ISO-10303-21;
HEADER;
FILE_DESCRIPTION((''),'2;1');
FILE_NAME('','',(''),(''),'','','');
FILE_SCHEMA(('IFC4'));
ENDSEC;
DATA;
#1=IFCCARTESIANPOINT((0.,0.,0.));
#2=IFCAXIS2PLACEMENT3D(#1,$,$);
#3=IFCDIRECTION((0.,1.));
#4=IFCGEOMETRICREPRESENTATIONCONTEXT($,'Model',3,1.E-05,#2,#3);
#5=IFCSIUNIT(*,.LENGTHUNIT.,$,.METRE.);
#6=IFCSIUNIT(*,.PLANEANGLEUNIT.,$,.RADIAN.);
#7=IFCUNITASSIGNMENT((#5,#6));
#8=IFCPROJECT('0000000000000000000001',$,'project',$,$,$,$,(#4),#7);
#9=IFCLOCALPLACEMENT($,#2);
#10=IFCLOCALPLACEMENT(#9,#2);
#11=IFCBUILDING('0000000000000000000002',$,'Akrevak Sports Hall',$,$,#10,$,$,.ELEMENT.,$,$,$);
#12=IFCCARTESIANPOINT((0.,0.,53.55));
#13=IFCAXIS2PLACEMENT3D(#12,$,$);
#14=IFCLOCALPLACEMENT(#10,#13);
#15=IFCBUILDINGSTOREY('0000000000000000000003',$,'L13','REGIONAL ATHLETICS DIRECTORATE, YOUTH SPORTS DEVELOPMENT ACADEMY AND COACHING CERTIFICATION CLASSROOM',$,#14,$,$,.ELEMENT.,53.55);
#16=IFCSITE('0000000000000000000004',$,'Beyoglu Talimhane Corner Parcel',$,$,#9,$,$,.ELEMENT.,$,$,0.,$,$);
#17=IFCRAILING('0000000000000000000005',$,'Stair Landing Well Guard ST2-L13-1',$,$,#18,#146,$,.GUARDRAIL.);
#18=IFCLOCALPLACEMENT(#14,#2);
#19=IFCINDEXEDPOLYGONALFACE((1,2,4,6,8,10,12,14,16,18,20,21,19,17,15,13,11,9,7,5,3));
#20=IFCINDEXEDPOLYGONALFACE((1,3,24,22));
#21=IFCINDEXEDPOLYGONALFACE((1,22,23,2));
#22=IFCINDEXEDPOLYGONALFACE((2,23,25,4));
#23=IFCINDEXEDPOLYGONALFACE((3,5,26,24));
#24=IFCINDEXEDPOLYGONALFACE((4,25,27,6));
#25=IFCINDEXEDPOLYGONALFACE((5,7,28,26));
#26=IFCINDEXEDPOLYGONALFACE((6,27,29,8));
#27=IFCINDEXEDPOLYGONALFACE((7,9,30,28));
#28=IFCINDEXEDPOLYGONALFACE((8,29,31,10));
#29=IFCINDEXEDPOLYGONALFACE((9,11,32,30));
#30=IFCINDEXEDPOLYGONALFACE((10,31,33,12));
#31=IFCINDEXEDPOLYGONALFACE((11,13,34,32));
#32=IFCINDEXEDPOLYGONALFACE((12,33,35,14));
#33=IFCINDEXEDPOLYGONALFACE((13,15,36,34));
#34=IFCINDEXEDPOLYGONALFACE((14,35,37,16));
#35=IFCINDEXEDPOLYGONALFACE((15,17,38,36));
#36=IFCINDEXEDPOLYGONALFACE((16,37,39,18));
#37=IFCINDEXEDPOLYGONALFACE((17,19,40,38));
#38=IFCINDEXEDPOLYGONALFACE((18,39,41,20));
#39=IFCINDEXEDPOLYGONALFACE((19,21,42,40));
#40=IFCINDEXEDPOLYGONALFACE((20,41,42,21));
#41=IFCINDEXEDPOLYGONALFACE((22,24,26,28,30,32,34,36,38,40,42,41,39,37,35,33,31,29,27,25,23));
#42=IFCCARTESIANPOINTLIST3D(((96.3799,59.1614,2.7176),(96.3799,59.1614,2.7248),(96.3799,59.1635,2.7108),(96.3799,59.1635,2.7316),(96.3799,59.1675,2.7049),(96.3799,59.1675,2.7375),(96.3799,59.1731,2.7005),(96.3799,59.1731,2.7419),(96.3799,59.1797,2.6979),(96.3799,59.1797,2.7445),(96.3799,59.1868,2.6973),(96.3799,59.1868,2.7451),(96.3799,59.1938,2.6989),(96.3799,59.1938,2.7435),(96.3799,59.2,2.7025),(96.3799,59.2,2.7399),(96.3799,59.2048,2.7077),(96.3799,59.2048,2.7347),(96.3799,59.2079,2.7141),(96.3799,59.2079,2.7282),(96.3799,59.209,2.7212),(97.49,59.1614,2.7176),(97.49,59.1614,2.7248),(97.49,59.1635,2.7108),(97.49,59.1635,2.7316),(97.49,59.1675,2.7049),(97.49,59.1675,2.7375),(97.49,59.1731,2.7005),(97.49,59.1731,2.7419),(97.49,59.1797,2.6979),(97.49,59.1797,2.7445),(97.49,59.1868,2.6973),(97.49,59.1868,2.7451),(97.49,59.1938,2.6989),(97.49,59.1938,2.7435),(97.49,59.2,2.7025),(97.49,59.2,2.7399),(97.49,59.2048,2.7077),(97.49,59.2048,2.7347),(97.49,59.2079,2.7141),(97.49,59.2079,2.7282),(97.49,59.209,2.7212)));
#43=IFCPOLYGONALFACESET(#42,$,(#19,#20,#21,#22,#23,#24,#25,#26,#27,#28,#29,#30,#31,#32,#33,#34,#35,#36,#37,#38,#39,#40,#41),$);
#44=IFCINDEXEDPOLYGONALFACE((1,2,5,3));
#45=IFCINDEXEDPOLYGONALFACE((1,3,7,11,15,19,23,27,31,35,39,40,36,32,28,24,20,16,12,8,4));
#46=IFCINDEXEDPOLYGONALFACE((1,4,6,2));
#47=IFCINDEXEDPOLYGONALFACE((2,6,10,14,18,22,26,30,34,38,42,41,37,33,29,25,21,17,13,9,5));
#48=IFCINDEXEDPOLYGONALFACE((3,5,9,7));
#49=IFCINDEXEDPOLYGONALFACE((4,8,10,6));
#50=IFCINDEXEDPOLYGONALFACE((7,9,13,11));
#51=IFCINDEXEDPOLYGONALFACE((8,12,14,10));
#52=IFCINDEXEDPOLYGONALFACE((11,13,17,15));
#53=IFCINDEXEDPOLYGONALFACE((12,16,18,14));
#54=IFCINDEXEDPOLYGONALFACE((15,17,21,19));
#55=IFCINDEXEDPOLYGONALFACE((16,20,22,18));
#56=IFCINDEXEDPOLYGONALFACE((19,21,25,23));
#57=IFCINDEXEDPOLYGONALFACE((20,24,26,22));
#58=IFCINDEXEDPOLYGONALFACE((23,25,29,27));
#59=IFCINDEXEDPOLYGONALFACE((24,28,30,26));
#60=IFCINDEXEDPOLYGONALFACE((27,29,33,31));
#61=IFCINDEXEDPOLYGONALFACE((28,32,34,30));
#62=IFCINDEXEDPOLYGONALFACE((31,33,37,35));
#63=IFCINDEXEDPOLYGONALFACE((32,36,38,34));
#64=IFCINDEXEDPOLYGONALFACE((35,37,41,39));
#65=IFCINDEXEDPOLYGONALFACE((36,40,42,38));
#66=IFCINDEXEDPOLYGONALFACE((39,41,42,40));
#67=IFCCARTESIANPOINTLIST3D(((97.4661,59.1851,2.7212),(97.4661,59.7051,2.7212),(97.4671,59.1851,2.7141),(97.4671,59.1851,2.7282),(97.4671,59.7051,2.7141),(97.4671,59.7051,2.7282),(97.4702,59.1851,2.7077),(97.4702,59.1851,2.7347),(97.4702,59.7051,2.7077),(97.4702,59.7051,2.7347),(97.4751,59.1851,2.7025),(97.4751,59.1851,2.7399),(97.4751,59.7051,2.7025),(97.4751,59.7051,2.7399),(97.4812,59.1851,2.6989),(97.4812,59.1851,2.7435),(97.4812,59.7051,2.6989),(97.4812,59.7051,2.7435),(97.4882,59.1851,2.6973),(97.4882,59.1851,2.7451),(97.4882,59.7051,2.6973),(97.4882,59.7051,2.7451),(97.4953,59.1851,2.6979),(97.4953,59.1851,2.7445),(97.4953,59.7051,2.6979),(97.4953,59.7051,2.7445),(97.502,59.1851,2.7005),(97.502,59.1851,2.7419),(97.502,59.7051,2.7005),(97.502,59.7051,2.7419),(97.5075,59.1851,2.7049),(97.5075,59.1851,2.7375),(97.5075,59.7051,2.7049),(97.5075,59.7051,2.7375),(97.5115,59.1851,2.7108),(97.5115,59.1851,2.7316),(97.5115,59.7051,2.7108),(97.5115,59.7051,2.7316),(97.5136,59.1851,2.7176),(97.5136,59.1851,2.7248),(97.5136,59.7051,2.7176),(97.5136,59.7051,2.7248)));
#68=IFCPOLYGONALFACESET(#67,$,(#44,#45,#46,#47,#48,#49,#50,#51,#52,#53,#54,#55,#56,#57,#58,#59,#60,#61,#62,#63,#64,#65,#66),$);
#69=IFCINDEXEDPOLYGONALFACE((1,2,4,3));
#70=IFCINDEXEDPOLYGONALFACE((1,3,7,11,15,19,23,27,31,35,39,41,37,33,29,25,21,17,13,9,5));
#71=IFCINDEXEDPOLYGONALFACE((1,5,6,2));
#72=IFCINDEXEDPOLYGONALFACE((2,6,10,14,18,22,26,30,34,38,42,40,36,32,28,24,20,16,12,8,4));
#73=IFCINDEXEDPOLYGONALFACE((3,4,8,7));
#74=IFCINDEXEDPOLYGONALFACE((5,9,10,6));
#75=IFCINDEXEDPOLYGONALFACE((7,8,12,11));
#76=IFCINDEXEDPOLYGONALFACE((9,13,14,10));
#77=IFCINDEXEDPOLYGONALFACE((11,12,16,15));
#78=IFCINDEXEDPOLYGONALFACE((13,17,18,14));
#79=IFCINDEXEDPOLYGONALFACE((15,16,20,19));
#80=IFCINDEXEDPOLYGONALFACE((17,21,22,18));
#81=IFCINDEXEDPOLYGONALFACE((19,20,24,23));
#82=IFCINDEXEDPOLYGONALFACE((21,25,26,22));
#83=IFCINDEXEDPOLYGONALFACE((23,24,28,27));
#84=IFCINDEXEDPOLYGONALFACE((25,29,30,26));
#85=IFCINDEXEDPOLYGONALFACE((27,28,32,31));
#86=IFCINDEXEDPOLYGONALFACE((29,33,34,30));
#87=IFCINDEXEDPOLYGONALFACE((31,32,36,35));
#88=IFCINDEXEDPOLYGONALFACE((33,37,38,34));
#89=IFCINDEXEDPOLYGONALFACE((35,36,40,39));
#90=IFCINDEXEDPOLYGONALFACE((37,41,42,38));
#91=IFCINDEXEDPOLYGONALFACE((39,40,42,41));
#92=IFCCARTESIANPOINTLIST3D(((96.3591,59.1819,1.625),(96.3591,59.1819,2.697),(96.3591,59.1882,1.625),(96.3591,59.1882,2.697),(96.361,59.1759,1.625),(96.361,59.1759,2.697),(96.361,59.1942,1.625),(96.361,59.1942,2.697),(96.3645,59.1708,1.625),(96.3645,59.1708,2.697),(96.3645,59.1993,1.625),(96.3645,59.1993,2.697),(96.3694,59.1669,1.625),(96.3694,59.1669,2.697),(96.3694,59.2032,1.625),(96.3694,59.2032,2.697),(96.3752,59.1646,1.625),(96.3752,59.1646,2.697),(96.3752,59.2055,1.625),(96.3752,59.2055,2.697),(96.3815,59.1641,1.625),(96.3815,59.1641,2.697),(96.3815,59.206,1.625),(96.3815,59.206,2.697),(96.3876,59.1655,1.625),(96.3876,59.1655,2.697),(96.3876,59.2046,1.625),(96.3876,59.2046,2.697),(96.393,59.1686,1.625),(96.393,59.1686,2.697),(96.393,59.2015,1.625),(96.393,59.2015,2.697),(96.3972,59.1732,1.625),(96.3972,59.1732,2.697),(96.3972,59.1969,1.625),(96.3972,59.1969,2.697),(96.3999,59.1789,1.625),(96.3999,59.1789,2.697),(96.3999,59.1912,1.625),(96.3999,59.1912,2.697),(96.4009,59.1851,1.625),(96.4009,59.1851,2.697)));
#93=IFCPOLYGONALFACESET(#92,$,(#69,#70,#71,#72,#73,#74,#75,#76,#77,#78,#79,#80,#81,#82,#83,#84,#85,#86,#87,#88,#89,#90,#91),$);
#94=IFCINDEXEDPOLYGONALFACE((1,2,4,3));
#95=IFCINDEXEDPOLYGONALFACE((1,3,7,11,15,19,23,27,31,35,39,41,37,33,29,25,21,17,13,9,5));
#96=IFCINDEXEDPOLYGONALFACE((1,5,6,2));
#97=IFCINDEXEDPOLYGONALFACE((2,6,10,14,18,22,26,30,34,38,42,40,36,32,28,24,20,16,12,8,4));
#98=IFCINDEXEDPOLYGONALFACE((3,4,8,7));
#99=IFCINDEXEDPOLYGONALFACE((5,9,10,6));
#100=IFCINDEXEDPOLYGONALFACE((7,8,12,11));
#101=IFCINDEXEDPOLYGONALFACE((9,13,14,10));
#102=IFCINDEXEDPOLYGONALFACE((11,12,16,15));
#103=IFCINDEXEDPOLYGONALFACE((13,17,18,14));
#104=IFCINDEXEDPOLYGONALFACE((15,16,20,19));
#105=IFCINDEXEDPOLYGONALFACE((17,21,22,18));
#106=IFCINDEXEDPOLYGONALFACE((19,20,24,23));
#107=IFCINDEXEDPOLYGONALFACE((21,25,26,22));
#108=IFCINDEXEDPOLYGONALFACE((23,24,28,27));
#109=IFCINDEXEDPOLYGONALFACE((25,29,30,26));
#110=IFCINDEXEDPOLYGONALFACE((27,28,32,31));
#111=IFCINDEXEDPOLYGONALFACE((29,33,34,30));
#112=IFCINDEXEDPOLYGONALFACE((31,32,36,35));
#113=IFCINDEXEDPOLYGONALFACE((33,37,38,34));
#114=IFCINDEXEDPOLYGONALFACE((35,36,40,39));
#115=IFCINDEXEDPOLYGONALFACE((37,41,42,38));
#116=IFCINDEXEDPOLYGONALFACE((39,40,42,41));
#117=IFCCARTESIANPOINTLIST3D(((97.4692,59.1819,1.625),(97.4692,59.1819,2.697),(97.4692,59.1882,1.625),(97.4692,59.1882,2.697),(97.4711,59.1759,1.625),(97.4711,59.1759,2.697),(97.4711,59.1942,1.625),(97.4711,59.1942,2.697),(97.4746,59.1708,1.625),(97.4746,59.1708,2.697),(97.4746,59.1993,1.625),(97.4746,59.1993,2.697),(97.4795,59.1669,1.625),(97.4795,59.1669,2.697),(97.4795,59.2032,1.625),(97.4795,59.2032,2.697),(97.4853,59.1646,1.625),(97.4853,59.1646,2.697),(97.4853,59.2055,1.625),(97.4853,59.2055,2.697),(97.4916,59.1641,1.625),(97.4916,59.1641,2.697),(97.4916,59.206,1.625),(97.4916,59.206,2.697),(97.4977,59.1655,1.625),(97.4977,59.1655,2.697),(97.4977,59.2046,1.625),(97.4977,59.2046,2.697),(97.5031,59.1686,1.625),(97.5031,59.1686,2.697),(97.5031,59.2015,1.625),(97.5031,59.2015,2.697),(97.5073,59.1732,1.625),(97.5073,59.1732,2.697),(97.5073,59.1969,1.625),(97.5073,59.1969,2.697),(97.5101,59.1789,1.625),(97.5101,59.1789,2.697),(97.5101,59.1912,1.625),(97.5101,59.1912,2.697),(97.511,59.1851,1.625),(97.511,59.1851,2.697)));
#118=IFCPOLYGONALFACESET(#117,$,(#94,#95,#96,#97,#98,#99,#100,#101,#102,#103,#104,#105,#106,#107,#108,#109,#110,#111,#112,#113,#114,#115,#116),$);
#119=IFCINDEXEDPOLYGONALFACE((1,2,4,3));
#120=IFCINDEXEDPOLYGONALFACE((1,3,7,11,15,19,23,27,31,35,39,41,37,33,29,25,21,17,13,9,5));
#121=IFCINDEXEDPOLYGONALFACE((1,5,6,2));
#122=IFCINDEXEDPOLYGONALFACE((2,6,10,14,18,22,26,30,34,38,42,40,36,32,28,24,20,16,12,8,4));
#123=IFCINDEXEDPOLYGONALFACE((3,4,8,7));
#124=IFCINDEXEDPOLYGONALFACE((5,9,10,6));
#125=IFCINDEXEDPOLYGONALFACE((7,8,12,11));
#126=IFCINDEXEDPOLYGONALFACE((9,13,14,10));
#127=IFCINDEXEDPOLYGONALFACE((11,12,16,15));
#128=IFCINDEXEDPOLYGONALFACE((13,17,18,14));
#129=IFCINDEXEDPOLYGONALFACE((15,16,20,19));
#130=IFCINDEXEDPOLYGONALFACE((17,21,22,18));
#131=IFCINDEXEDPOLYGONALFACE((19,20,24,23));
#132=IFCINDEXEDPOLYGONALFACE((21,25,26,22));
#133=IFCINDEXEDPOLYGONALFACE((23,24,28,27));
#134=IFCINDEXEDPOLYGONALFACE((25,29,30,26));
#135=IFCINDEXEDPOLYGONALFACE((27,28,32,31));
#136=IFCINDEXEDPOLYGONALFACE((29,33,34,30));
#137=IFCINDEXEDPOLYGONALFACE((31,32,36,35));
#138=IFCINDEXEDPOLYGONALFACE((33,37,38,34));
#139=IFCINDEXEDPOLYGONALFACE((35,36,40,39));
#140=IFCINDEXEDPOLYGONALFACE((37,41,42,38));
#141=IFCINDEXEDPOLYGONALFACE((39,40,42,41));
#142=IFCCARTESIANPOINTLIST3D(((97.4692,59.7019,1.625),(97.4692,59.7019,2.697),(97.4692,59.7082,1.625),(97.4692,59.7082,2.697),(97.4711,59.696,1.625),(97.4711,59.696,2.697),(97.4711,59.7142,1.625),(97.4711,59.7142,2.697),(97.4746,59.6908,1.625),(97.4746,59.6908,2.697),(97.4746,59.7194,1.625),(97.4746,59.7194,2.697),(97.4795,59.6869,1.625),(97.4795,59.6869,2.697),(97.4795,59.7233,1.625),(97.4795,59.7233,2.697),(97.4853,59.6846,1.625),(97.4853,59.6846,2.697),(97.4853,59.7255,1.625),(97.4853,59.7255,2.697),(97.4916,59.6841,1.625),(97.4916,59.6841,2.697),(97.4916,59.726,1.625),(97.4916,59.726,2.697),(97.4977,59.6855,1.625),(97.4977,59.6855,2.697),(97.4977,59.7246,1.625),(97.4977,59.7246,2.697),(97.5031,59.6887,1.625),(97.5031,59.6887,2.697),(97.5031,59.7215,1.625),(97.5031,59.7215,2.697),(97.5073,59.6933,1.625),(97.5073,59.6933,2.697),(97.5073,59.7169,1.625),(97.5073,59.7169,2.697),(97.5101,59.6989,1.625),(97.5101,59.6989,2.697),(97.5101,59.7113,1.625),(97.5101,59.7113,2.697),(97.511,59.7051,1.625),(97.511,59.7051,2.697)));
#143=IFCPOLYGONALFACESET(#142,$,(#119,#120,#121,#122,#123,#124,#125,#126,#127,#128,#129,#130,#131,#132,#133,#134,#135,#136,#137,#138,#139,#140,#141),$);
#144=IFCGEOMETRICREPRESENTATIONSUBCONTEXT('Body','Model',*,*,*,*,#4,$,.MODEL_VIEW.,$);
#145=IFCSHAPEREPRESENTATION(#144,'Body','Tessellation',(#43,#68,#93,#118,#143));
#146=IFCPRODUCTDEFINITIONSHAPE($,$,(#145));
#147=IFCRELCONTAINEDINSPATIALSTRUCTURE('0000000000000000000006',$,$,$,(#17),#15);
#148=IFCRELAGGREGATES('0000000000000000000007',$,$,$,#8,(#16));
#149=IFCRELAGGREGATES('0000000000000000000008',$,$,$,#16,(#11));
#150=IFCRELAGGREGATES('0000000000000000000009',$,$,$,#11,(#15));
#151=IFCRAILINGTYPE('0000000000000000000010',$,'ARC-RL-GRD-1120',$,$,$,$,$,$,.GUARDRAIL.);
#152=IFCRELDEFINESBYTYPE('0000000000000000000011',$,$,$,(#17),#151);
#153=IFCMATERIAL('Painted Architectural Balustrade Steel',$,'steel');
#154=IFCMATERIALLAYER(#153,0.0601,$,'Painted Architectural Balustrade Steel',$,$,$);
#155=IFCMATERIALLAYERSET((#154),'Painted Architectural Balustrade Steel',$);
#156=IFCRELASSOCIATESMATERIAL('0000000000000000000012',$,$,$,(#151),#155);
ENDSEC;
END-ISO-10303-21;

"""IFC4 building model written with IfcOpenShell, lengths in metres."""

from ifc_helpers import new_model, si_unit, direction, frame, origin, origin_2d, place, context, subcontext, project, spatial, circle, extrude, material, layer, layer_set, type_object, element, save


model = new_model("IFC4")

# Units and contexts
model_context = context("Model", 3, precision=1e-05, world=origin(), true_north=direction((0.0, 1.0)))
body_context = subcontext(model_context, "Body", "Model", "MODEL_VIEW")
ifc_project = project(units=[si_unit("LENGTHUNIT", "METRE"), si_unit("PLANEANGLEUNIT", "RADIAN")], contexts=[model_context])

# Site, building, storey
site_placement = place(None, origin())
site = spatial("IfcSite", under=ifc_project, at=site_placement, Name="Beyoglu Talimhane Corner Parcel", CompositionType="ELEMENT", RefElevation=0.0)
building_placement = place(site_placement, origin())
building = spatial("IfcBuilding", under=site, at=building_placement, Name="Akrevak Sports Hall", CompositionType="ELEMENT")
storey_placement = place(building_placement, frame((0.0, 0.0, 53.55)))
storey = spatial("IfcBuildingStorey", under=building, at=storey_placement, Name="L13", Description="REGIONAL ATHLETICS DIRECTORATE, YOUTH SPORTS DEVELOPMENT ACADEMY AND COACHING CERTIFICATION CLASSROOM", CompositionType="ELEMENT", Elevation=53.55)

# Railing
ifc_material_1 = material(Name="Painted Architectural Balustrade Steel", Category="steel")
ifc_layer_1 = layer(ifc_material_1, 0.0601, Name="Painted Architectural Balustrade Steel")
ifc_layer_set_1 = layer_set([ifc_layer_1], Name="Painted Architectural Balustrade Steel")
railing_type_1 = type_object("IfcRailingType", Name="ARC-RL-GRD-1120", PredefinedType="GUARDRAIL", material=ifc_layer_set_1)
railing_1_placement = place(storey_placement, frame((96.3799, 59.1851, 1.625)))
element("IfcRailing", 1, at=railing_1_placement, inside=storey, type_object=railing_type_1, Name="Stair Landing Well Guard ST2-L13-1", PredefinedType="GUARDRAIL", context=body_context, shape_type="SweptSolid", body=[
    extrude(circle(Radius=0.0239, at=origin_2d()), frame((0.0, 0.0, 1.0962), z_axis=(1.0, 0.0, 0.0), x_axis=(0.0, 1.0, 0.0)), (0.0, 0.0, 1.0), 1.1101),
    extrude(circle(Radius=0.0239, at=origin_2d()), frame((1.1101, 0.0, 1.0962), z_axis=(0.0, 1.0, 0.0), x_axis=(-1.0, 0.0, 0.0)), (0.0, 0.0, 1.0), 0.52),
    extrude(circle(Radius=0.021, at=origin_2d()), origin(), (0.0, 0.0, 1.0), 1.072),
    extrude(circle(Radius=0.021, at=origin_2d()), frame((1.1101, 0.0, 0.0)), (0.0, 0.0, 1.0), 1.072),
    extrude(circle(Radius=0.021, at=origin_2d()), frame((1.1101, 0.52, 0.0)), (0.0, 0.0, 1.0), 1.072),
])

save(model, "model.ifc")
